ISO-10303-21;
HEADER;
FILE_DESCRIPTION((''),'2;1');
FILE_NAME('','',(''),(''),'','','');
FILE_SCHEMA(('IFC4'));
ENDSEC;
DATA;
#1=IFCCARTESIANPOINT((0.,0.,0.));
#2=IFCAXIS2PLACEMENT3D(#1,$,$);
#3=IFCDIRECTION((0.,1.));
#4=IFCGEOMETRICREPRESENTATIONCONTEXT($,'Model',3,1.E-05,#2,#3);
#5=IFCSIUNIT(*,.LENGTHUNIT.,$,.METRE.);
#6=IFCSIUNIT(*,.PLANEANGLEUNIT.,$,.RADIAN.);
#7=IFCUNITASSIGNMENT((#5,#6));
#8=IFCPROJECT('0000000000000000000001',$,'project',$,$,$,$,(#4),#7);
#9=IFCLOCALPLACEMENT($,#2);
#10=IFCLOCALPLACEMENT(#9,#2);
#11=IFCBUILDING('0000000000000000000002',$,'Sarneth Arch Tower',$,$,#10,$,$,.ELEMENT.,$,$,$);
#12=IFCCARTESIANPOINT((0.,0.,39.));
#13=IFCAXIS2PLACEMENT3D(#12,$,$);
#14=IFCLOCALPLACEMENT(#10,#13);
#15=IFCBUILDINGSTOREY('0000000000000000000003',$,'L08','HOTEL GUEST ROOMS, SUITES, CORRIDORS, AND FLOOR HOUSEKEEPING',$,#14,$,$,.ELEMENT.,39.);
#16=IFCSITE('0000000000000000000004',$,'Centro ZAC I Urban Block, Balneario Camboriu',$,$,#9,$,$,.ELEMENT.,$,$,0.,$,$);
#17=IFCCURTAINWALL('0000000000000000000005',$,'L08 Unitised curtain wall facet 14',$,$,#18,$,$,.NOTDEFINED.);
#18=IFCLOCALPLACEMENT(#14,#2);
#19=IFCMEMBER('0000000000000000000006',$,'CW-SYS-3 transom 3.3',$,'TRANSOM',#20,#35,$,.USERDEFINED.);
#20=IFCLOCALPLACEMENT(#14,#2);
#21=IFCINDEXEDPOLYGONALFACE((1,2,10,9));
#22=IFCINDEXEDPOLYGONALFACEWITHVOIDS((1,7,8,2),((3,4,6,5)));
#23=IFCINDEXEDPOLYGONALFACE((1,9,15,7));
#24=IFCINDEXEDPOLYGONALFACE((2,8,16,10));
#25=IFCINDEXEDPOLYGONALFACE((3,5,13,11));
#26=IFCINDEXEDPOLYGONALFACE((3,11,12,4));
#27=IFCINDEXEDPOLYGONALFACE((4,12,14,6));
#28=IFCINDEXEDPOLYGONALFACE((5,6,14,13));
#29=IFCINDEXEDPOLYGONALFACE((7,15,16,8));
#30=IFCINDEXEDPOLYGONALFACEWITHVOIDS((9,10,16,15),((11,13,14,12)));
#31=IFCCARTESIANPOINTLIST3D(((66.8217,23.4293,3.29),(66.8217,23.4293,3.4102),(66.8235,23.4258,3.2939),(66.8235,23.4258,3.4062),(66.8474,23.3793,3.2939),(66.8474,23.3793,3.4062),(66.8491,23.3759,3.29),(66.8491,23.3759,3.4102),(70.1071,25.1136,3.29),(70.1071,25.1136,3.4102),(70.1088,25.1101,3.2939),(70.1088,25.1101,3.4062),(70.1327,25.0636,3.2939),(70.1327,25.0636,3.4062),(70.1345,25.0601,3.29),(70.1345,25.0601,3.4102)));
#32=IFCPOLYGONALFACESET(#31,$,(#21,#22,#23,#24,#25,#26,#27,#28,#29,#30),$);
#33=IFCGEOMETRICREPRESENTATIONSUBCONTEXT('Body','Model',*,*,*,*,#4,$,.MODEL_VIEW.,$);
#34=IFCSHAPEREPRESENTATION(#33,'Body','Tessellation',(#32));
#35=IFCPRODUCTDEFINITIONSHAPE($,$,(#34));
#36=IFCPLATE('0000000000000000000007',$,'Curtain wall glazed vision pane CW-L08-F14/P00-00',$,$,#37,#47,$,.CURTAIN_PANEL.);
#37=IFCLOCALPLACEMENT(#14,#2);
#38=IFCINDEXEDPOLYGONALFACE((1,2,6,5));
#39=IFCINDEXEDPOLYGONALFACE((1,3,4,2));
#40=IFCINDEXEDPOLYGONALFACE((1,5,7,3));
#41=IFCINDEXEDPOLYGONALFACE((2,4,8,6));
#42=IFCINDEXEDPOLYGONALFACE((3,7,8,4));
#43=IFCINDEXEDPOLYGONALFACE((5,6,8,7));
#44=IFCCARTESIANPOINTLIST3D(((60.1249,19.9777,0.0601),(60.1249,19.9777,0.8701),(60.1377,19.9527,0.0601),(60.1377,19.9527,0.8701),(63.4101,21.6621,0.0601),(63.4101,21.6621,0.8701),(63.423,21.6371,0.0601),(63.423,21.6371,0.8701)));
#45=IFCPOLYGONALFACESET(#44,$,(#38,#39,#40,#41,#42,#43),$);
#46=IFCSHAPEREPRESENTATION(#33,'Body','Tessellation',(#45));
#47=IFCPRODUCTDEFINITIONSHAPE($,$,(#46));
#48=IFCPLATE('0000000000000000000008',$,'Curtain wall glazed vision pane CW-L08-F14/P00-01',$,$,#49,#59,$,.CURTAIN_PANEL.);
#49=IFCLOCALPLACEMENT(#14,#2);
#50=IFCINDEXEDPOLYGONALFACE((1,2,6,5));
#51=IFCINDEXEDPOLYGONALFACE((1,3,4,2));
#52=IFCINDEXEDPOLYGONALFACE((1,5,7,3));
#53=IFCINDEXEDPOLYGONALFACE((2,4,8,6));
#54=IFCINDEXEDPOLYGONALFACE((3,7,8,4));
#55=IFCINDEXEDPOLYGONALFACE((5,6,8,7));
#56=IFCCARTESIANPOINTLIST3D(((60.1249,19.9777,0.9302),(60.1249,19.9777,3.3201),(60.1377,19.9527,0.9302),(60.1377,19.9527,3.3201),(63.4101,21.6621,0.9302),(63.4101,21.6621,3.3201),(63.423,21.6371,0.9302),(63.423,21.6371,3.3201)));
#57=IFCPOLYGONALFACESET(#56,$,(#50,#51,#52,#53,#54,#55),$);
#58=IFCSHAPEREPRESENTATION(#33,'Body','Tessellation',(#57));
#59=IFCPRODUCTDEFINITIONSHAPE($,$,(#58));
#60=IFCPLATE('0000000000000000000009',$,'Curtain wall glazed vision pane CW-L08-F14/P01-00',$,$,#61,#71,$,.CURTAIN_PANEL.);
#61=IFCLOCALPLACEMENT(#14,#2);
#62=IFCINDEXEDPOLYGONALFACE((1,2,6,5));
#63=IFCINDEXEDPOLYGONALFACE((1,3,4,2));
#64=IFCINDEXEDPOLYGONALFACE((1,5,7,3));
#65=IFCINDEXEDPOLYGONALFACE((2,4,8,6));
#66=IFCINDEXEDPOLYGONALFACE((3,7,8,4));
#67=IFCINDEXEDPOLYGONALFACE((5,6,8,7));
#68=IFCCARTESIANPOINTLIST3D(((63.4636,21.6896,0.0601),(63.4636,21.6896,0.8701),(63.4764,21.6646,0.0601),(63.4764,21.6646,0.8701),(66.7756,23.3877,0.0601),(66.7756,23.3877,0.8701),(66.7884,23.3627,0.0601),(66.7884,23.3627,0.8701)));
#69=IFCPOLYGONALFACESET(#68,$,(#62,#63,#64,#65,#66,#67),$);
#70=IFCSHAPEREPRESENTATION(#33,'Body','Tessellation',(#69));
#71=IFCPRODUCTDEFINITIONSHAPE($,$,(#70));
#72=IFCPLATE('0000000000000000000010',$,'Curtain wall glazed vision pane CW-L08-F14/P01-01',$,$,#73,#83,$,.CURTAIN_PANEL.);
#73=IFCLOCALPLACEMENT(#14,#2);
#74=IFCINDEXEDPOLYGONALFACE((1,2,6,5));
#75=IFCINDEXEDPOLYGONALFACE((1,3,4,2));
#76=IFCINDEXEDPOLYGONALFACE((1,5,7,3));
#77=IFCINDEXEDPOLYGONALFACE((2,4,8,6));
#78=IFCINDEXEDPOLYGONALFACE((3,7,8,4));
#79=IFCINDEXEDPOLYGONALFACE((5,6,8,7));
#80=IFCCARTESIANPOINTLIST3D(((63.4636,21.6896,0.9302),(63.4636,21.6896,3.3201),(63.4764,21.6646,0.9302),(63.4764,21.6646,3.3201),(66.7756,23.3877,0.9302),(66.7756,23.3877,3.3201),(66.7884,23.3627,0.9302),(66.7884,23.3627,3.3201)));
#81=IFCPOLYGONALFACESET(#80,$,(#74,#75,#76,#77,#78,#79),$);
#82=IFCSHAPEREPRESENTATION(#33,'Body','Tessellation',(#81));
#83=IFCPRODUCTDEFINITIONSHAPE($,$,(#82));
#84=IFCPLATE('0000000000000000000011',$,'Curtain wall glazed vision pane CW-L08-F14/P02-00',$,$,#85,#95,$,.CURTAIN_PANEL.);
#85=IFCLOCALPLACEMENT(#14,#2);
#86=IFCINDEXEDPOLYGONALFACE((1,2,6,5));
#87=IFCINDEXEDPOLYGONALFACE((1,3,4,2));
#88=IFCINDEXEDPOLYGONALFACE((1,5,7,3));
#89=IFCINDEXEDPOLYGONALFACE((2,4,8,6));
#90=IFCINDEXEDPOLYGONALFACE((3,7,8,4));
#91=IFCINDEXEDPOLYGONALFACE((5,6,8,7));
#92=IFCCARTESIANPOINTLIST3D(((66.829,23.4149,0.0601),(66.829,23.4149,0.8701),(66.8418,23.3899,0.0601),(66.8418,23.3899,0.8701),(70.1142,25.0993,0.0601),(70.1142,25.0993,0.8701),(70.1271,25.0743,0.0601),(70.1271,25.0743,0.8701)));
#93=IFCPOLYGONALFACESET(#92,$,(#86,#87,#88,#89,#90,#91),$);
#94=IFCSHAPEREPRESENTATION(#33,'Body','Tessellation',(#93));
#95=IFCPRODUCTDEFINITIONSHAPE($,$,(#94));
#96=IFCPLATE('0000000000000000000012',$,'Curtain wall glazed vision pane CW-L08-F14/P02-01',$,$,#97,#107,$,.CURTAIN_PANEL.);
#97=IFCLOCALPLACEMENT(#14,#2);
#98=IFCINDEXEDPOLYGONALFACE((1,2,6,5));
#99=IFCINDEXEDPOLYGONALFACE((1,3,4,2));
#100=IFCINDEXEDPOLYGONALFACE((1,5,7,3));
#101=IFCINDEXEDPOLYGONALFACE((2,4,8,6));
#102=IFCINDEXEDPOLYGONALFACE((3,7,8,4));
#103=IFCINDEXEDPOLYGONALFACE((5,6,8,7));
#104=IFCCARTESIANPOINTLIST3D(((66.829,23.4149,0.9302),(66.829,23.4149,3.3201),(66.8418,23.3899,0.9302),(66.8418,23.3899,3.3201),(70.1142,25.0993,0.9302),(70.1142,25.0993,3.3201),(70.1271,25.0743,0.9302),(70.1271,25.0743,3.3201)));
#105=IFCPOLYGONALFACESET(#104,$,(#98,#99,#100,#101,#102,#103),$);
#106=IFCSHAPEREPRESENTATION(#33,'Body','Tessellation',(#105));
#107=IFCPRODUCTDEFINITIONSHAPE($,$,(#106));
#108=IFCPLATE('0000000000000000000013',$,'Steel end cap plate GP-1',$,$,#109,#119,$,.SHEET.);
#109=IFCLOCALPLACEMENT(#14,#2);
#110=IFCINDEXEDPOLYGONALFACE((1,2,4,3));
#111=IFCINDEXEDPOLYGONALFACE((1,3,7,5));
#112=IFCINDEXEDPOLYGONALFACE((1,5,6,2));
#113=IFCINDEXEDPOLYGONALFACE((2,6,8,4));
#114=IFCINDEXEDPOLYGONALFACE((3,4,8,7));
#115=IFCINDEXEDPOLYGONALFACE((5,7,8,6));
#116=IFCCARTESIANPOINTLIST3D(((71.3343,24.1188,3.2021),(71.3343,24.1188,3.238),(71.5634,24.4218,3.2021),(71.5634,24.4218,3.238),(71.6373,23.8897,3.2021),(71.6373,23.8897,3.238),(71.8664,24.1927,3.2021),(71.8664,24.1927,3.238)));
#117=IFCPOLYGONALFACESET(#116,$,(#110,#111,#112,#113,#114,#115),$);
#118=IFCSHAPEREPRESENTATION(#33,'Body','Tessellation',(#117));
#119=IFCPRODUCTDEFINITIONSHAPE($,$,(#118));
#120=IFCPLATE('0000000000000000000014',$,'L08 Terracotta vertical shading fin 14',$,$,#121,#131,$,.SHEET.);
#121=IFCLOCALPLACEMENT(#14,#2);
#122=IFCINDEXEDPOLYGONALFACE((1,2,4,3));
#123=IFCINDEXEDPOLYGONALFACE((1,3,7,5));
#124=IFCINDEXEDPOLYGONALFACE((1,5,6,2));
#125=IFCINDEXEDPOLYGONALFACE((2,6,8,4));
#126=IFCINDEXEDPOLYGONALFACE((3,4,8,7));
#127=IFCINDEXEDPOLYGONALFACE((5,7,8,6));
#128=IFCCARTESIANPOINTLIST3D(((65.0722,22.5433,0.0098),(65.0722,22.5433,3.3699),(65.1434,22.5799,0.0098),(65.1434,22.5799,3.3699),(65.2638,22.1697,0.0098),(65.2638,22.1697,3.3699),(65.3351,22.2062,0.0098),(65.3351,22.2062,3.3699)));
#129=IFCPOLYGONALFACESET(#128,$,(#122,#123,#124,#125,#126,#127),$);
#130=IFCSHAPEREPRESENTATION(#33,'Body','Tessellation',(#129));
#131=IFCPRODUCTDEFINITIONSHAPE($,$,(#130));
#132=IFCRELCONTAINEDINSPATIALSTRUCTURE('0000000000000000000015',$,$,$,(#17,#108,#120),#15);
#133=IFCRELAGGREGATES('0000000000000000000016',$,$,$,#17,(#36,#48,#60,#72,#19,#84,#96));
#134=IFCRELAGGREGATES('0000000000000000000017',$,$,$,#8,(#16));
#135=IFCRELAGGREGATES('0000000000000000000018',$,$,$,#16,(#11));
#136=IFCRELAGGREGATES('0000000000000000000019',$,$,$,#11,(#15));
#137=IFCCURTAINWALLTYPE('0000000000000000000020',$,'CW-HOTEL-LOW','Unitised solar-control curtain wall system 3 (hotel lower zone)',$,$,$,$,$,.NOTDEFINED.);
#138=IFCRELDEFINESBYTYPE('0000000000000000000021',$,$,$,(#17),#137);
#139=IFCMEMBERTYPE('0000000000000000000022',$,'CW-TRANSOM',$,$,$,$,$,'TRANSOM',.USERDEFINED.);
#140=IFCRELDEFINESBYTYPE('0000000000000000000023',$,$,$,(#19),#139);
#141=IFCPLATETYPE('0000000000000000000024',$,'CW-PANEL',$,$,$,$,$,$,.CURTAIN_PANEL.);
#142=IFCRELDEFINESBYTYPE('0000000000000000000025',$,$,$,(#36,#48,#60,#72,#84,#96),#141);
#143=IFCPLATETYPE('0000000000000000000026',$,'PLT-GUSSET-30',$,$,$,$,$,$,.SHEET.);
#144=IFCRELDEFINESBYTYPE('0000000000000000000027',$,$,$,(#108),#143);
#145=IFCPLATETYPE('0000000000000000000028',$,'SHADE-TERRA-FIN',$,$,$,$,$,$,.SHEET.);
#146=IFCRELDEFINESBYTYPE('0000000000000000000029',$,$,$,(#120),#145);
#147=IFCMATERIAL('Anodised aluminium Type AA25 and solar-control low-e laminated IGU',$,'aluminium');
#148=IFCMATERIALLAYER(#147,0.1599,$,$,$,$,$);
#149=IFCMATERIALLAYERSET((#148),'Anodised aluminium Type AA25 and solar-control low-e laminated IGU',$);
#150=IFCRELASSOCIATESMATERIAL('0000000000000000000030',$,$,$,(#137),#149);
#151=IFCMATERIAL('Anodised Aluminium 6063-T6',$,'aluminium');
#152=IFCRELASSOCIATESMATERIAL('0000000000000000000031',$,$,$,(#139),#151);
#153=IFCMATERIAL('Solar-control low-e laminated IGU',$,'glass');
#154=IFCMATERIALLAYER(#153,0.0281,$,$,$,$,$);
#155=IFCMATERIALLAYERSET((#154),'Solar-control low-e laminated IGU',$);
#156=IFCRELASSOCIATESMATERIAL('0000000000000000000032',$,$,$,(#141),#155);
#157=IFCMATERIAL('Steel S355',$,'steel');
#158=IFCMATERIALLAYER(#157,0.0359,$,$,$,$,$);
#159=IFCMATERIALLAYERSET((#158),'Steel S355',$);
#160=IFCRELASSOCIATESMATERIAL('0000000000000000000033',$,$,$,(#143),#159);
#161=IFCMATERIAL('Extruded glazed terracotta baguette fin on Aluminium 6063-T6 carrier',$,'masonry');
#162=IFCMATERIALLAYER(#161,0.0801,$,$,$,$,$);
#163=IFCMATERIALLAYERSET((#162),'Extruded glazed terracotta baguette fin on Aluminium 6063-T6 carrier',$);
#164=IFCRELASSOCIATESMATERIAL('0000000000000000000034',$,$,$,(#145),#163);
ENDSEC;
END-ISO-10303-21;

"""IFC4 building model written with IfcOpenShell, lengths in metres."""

from ifc_helpers import new_model, si_unit, direction, frame, origin, origin_2d, place, context, subcontext, project, spatial, rectangle, hollow_rectangle, extrude, material, layer, layer_set, material_profile, profile_set, type_object, element, aggregate, save


model = new_model("IFC4")

# Units and contexts
model_context = context("Model", 3, precision=1e-05, world=origin(), true_north=direction((0.0, 1.0)))
body_context = subcontext(model_context, "Body", "Model", "MODEL_VIEW")
ifc_project = project(units=[si_unit("LENGTHUNIT", "METRE"), si_unit("PLANEANGLEUNIT", "RADIAN")], contexts=[model_context])

# Site, building, storey
site_placement = place(None, origin())
site = spatial("IfcSite", under=ifc_project, at=site_placement, Name="Centro ZAC I Urban Block, Balneario Camboriu", CompositionType="ELEMENT", RefElevation=0.0)
building_placement = place(site_placement, origin())
building = spatial("IfcBuilding", under=site, at=building_placement, Name="Sarneth Arch Tower", CompositionType="ELEMENT")
storey_placement = place(building_placement, frame((0.0, 0.0, 39.0)))
storey = spatial("IfcBuildingStorey", under=building, at=storey_placement, Name="L08", Description="HOTEL GUEST ROOMS, SUITES, CORRIDORS, AND FLOOR HOUSEKEEPING", CompositionType="ELEMENT", Elevation=39.0)

# Curtain wall, member, plates
ifc_material_1 = material(Name="Anodised aluminium Type AA25 and solar-control low-e laminated IGU", Category="aluminium")
ifc_layer_1 = layer(ifc_material_1, 0.1599)
ifc_layer_set_1 = layer_set([ifc_layer_1], Name="Anodised aluminium Type AA25 and solar-control low-e laminated IGU")
curtain_wall_type = type_object("IfcCurtainWallType", Name="CW-HOTEL-LOW", Description="Unitised solar-control curtain wall system 3 (hotel lower zone)", PredefinedType="NOTDEFINED", material=ifc_layer_set_1)
curtain_wall_placement = place(storey_placement, origin())
curtain_wall = element("IfcCurtainWall", 1, at=curtain_wall_placement, inside=storey, type_object=curtain_wall_type, Name="L08 Unitised curtain wall facet 14", PredefinedType="NOTDEFINED")
ifc_material_2 = material(Name="Anodised Aluminium 6063-T6", Category="aluminium")
ifc_material_profile_1 = material_profile(ifc_material_2, hollow_rectangle(XDim=0.0601, YDim=0.1201, WallThickness=0.0039, at=origin_2d()), Name="AL-TRAN-120x60x4")
ifc_profile_set_1 = profile_set([ifc_material_profile_1], Name="Anodised Aluminium 6063-T6")
member_type_1 = type_object("IfcMemberType", Name="CW-TRANSOM", ElementType="TRANSOM", PredefinedType="USERDEFINED", material=ifc_profile_set_1)
member_1_placement = place(storey_placement, frame((66.8354, 23.4026, 3.3501), z_axis=(0.889872, 0.456211, 0.0), x_axis=(-0.456211, 0.889872, 0.0)))
member_1 = element("IfcMember", 2, at=member_1_placement, type_object=member_type_1, Name="CW-SYS-3 transom 3.3", ObjectType="TRANSOM", PredefinedType="USERDEFINED", context=body_context, shape_type="SweptSolid", body=[
    extrude(hollow_rectangle(XDim=0.0601, YDim=0.1201, WallThickness=0.0039, at=origin_2d()), origin(), (0.0, 0.0, 1.0), 3.6919),
])
ifc_material_3 = material(Name="Solar-control low-e laminated IGU", Category="glass")
ifc_layer_2 = layer(ifc_material_3, 0.0281)
ifc_layer_set_2 = layer_set([ifc_layer_2], Name="Solar-control low-e laminated IGU")
plate_type_1 = type_object("IfcPlateType", Name="CW-PANEL", PredefinedType="CURTAIN_PANEL", material=ifc_layer_set_2)
plate_1_placement = place(storey_placement, frame((61.7739, 20.8074, 0.0601), z_axis=(0.0, 0.0, 1.0), x_axis=(0.889854, 0.456245, 0.0)))
plate_1 = element("IfcPlate", 3, at=plate_1_placement, type_object=plate_type_1, Name="Curtain wall glazed vision pane CW-L08-F14/P00-00", PredefinedType="CURTAIN_PANEL", context=body_context, shape_type="SweptSolid", body=[
    extrude(rectangle(XDim=3.6919, YDim=0.0281, at=origin_2d()), origin(), (0.0, 0.0, 1.0), 0.8101),
])
plate_2_placement = place(storey_placement, frame((61.7739, 20.8074, 0.9302), z_axis=(0.0, 0.0, 1.0), x_axis=(0.889854, 0.456245, 0.0)))
plate_2 = element("IfcPlate", 4, at=plate_2_placement, type_object=plate_type_1, Name="Curtain wall glazed vision pane CW-L08-F14/P00-01", PredefinedType="CURTAIN_PANEL", context=body_context, shape_type="SweptSolid", body=[
    extrude(rectangle(XDim=3.6919, YDim=0.0281, at=origin_2d()), origin(), (0.0, 0.0, 1.0), 2.3899),
])
plate_3_placement = place(storey_placement, frame((65.126, 22.5261, 0.0601), z_axis=(0.0, 0.0, 1.0), x_axis=(0.889854, 0.456245, 0.0)))
plate_3 = element("IfcPlate", 5, at=plate_3_placement, type_object=plate_type_1, Name="Curtain wall glazed vision pane CW-L08-F14/P01-00", PredefinedType="CURTAIN_PANEL", context=body_context, shape_type="SweptSolid", body=[
    extrude(rectangle(XDim=3.7219, YDim=0.0281, at=origin_2d()), origin(), (0.0, 0.0, 1.0), 0.8101),
])
plate_4_placement = place(storey_placement, frame((65.126, 22.5261, 0.9302), z_axis=(0.0, 0.0, 1.0), x_axis=(0.889854, 0.456245, 0.0)))
plate_4 = element("IfcPlate", 6, at=plate_4_placement, type_object=plate_type_1, Name="Curtain wall glazed vision pane CW-L08-F14/P01-01", PredefinedType="CURTAIN_PANEL", context=body_context, shape_type="SweptSolid", body=[
    extrude(rectangle(XDim=3.7219, YDim=0.0281, at=origin_2d()), origin(), (0.0, 0.0, 1.0), 2.3899),
])
plate_5_placement = place(storey_placement, frame((68.478, 24.2446, 0.0601), z_axis=(0.0, 0.0, 1.0), x_axis=(0.889854, 0.456245, 0.0)))
plate_5 = element("IfcPlate", 7, at=plate_5_placement, type_object=plate_type_1, Name="Curtain wall glazed vision pane CW-L08-F14/P02-00", PredefinedType="CURTAIN_PANEL", context=body_context, shape_type="SweptSolid", body=[
    extrude(rectangle(XDim=3.6919, YDim=0.0281, at=origin_2d()), origin(), (0.0, 0.0, 1.0), 0.8101),
])
plate_6_placement = place(storey_placement, frame((68.478, 24.2446, 0.9302), z_axis=(0.0, 0.0, 1.0), x_axis=(0.889854, 0.456245, 0.0)))
plate_6 = element("IfcPlate", 8, at=plate_6_placement, type_object=plate_type_1, Name="Curtain wall glazed vision pane CW-L08-F14/P02-01", PredefinedType="CURTAIN_PANEL", context=body_context, shape_type="SweptSolid", body=[
    extrude(rectangle(XDim=3.6919, YDim=0.0281, at=origin_2d()), origin(), (0.0, 0.0, 1.0), 2.3899),
])
aggregate(curtain_wall, [plate_1, plate_2, plate_3, plate_4, member_1, plate_5, plate_6])

# Plates
ifc_material_4 = material(Name="Steel S355", Category="steel")
ifc_layer_3 = layer(ifc_material_4, 0.0359)
ifc_layer_set_3 = layer_set([ifc_layer_3], Name="Steel S355")
plate_type_2 = type_object("IfcPlateType", Name="PLT-GUSSET-30", PredefinedType="SHEET", material=ifc_layer_set_3)
plate_7_placement = place(storey_placement, frame((71.6003, 24.1558, 3.2021), z_axis=(0.0, 0.0, 1.0), x_axis=(0.797689, -0.603069, 0.0)))
element("IfcPlate", 9, at=plate_7_placement, inside=storey, type_object=plate_type_2, Name="Steel end cap plate GP-1", PredefinedType="SHEET", context=body_context, shape_type="SweptSolid", body=[
    extrude(rectangle(XDim=0.3799, YDim=0.3799, at=origin_2d()), origin(), (0.0, 0.0, 1.0), 0.0359),
])
ifc_material_5 = material(Name="Extruded glazed terracotta baguette fin on Aluminium 6063-T6 carrier", Category="masonry")
ifc_layer_4 = layer(ifc_material_5, 0.0801)
ifc_layer_set_4 = layer_set([ifc_layer_4], Name="Extruded glazed terracotta baguette fin on Aluminium 6063-T6 carrier")
plate_type_3 = type_object("IfcPlateType", Name="SHADE-TERRA-FIN", PredefinedType="SHEET", material=ifc_layer_set_4)
plate_8_placement = place(storey_placement, frame((65.2036, 22.3748, 0.0098), z_axis=(0.0, 0.0, 1.0), x_axis=(0.456322, -0.889815, 0.0)))
element("IfcPlate", 10, at=plate_8_placement, inside=storey, type_object=plate_type_3, Name="L08 Terracotta vertical shading fin 14", PredefinedType="SHEET", context=body_context, shape_type="SweptSolid", body=[
    extrude(rectangle(XDim=0.4199, YDim=0.0801, at=origin_2d()), origin(), (0.0, 0.0, 1.0), 3.3601),
])

save(model, "model.ifc")
